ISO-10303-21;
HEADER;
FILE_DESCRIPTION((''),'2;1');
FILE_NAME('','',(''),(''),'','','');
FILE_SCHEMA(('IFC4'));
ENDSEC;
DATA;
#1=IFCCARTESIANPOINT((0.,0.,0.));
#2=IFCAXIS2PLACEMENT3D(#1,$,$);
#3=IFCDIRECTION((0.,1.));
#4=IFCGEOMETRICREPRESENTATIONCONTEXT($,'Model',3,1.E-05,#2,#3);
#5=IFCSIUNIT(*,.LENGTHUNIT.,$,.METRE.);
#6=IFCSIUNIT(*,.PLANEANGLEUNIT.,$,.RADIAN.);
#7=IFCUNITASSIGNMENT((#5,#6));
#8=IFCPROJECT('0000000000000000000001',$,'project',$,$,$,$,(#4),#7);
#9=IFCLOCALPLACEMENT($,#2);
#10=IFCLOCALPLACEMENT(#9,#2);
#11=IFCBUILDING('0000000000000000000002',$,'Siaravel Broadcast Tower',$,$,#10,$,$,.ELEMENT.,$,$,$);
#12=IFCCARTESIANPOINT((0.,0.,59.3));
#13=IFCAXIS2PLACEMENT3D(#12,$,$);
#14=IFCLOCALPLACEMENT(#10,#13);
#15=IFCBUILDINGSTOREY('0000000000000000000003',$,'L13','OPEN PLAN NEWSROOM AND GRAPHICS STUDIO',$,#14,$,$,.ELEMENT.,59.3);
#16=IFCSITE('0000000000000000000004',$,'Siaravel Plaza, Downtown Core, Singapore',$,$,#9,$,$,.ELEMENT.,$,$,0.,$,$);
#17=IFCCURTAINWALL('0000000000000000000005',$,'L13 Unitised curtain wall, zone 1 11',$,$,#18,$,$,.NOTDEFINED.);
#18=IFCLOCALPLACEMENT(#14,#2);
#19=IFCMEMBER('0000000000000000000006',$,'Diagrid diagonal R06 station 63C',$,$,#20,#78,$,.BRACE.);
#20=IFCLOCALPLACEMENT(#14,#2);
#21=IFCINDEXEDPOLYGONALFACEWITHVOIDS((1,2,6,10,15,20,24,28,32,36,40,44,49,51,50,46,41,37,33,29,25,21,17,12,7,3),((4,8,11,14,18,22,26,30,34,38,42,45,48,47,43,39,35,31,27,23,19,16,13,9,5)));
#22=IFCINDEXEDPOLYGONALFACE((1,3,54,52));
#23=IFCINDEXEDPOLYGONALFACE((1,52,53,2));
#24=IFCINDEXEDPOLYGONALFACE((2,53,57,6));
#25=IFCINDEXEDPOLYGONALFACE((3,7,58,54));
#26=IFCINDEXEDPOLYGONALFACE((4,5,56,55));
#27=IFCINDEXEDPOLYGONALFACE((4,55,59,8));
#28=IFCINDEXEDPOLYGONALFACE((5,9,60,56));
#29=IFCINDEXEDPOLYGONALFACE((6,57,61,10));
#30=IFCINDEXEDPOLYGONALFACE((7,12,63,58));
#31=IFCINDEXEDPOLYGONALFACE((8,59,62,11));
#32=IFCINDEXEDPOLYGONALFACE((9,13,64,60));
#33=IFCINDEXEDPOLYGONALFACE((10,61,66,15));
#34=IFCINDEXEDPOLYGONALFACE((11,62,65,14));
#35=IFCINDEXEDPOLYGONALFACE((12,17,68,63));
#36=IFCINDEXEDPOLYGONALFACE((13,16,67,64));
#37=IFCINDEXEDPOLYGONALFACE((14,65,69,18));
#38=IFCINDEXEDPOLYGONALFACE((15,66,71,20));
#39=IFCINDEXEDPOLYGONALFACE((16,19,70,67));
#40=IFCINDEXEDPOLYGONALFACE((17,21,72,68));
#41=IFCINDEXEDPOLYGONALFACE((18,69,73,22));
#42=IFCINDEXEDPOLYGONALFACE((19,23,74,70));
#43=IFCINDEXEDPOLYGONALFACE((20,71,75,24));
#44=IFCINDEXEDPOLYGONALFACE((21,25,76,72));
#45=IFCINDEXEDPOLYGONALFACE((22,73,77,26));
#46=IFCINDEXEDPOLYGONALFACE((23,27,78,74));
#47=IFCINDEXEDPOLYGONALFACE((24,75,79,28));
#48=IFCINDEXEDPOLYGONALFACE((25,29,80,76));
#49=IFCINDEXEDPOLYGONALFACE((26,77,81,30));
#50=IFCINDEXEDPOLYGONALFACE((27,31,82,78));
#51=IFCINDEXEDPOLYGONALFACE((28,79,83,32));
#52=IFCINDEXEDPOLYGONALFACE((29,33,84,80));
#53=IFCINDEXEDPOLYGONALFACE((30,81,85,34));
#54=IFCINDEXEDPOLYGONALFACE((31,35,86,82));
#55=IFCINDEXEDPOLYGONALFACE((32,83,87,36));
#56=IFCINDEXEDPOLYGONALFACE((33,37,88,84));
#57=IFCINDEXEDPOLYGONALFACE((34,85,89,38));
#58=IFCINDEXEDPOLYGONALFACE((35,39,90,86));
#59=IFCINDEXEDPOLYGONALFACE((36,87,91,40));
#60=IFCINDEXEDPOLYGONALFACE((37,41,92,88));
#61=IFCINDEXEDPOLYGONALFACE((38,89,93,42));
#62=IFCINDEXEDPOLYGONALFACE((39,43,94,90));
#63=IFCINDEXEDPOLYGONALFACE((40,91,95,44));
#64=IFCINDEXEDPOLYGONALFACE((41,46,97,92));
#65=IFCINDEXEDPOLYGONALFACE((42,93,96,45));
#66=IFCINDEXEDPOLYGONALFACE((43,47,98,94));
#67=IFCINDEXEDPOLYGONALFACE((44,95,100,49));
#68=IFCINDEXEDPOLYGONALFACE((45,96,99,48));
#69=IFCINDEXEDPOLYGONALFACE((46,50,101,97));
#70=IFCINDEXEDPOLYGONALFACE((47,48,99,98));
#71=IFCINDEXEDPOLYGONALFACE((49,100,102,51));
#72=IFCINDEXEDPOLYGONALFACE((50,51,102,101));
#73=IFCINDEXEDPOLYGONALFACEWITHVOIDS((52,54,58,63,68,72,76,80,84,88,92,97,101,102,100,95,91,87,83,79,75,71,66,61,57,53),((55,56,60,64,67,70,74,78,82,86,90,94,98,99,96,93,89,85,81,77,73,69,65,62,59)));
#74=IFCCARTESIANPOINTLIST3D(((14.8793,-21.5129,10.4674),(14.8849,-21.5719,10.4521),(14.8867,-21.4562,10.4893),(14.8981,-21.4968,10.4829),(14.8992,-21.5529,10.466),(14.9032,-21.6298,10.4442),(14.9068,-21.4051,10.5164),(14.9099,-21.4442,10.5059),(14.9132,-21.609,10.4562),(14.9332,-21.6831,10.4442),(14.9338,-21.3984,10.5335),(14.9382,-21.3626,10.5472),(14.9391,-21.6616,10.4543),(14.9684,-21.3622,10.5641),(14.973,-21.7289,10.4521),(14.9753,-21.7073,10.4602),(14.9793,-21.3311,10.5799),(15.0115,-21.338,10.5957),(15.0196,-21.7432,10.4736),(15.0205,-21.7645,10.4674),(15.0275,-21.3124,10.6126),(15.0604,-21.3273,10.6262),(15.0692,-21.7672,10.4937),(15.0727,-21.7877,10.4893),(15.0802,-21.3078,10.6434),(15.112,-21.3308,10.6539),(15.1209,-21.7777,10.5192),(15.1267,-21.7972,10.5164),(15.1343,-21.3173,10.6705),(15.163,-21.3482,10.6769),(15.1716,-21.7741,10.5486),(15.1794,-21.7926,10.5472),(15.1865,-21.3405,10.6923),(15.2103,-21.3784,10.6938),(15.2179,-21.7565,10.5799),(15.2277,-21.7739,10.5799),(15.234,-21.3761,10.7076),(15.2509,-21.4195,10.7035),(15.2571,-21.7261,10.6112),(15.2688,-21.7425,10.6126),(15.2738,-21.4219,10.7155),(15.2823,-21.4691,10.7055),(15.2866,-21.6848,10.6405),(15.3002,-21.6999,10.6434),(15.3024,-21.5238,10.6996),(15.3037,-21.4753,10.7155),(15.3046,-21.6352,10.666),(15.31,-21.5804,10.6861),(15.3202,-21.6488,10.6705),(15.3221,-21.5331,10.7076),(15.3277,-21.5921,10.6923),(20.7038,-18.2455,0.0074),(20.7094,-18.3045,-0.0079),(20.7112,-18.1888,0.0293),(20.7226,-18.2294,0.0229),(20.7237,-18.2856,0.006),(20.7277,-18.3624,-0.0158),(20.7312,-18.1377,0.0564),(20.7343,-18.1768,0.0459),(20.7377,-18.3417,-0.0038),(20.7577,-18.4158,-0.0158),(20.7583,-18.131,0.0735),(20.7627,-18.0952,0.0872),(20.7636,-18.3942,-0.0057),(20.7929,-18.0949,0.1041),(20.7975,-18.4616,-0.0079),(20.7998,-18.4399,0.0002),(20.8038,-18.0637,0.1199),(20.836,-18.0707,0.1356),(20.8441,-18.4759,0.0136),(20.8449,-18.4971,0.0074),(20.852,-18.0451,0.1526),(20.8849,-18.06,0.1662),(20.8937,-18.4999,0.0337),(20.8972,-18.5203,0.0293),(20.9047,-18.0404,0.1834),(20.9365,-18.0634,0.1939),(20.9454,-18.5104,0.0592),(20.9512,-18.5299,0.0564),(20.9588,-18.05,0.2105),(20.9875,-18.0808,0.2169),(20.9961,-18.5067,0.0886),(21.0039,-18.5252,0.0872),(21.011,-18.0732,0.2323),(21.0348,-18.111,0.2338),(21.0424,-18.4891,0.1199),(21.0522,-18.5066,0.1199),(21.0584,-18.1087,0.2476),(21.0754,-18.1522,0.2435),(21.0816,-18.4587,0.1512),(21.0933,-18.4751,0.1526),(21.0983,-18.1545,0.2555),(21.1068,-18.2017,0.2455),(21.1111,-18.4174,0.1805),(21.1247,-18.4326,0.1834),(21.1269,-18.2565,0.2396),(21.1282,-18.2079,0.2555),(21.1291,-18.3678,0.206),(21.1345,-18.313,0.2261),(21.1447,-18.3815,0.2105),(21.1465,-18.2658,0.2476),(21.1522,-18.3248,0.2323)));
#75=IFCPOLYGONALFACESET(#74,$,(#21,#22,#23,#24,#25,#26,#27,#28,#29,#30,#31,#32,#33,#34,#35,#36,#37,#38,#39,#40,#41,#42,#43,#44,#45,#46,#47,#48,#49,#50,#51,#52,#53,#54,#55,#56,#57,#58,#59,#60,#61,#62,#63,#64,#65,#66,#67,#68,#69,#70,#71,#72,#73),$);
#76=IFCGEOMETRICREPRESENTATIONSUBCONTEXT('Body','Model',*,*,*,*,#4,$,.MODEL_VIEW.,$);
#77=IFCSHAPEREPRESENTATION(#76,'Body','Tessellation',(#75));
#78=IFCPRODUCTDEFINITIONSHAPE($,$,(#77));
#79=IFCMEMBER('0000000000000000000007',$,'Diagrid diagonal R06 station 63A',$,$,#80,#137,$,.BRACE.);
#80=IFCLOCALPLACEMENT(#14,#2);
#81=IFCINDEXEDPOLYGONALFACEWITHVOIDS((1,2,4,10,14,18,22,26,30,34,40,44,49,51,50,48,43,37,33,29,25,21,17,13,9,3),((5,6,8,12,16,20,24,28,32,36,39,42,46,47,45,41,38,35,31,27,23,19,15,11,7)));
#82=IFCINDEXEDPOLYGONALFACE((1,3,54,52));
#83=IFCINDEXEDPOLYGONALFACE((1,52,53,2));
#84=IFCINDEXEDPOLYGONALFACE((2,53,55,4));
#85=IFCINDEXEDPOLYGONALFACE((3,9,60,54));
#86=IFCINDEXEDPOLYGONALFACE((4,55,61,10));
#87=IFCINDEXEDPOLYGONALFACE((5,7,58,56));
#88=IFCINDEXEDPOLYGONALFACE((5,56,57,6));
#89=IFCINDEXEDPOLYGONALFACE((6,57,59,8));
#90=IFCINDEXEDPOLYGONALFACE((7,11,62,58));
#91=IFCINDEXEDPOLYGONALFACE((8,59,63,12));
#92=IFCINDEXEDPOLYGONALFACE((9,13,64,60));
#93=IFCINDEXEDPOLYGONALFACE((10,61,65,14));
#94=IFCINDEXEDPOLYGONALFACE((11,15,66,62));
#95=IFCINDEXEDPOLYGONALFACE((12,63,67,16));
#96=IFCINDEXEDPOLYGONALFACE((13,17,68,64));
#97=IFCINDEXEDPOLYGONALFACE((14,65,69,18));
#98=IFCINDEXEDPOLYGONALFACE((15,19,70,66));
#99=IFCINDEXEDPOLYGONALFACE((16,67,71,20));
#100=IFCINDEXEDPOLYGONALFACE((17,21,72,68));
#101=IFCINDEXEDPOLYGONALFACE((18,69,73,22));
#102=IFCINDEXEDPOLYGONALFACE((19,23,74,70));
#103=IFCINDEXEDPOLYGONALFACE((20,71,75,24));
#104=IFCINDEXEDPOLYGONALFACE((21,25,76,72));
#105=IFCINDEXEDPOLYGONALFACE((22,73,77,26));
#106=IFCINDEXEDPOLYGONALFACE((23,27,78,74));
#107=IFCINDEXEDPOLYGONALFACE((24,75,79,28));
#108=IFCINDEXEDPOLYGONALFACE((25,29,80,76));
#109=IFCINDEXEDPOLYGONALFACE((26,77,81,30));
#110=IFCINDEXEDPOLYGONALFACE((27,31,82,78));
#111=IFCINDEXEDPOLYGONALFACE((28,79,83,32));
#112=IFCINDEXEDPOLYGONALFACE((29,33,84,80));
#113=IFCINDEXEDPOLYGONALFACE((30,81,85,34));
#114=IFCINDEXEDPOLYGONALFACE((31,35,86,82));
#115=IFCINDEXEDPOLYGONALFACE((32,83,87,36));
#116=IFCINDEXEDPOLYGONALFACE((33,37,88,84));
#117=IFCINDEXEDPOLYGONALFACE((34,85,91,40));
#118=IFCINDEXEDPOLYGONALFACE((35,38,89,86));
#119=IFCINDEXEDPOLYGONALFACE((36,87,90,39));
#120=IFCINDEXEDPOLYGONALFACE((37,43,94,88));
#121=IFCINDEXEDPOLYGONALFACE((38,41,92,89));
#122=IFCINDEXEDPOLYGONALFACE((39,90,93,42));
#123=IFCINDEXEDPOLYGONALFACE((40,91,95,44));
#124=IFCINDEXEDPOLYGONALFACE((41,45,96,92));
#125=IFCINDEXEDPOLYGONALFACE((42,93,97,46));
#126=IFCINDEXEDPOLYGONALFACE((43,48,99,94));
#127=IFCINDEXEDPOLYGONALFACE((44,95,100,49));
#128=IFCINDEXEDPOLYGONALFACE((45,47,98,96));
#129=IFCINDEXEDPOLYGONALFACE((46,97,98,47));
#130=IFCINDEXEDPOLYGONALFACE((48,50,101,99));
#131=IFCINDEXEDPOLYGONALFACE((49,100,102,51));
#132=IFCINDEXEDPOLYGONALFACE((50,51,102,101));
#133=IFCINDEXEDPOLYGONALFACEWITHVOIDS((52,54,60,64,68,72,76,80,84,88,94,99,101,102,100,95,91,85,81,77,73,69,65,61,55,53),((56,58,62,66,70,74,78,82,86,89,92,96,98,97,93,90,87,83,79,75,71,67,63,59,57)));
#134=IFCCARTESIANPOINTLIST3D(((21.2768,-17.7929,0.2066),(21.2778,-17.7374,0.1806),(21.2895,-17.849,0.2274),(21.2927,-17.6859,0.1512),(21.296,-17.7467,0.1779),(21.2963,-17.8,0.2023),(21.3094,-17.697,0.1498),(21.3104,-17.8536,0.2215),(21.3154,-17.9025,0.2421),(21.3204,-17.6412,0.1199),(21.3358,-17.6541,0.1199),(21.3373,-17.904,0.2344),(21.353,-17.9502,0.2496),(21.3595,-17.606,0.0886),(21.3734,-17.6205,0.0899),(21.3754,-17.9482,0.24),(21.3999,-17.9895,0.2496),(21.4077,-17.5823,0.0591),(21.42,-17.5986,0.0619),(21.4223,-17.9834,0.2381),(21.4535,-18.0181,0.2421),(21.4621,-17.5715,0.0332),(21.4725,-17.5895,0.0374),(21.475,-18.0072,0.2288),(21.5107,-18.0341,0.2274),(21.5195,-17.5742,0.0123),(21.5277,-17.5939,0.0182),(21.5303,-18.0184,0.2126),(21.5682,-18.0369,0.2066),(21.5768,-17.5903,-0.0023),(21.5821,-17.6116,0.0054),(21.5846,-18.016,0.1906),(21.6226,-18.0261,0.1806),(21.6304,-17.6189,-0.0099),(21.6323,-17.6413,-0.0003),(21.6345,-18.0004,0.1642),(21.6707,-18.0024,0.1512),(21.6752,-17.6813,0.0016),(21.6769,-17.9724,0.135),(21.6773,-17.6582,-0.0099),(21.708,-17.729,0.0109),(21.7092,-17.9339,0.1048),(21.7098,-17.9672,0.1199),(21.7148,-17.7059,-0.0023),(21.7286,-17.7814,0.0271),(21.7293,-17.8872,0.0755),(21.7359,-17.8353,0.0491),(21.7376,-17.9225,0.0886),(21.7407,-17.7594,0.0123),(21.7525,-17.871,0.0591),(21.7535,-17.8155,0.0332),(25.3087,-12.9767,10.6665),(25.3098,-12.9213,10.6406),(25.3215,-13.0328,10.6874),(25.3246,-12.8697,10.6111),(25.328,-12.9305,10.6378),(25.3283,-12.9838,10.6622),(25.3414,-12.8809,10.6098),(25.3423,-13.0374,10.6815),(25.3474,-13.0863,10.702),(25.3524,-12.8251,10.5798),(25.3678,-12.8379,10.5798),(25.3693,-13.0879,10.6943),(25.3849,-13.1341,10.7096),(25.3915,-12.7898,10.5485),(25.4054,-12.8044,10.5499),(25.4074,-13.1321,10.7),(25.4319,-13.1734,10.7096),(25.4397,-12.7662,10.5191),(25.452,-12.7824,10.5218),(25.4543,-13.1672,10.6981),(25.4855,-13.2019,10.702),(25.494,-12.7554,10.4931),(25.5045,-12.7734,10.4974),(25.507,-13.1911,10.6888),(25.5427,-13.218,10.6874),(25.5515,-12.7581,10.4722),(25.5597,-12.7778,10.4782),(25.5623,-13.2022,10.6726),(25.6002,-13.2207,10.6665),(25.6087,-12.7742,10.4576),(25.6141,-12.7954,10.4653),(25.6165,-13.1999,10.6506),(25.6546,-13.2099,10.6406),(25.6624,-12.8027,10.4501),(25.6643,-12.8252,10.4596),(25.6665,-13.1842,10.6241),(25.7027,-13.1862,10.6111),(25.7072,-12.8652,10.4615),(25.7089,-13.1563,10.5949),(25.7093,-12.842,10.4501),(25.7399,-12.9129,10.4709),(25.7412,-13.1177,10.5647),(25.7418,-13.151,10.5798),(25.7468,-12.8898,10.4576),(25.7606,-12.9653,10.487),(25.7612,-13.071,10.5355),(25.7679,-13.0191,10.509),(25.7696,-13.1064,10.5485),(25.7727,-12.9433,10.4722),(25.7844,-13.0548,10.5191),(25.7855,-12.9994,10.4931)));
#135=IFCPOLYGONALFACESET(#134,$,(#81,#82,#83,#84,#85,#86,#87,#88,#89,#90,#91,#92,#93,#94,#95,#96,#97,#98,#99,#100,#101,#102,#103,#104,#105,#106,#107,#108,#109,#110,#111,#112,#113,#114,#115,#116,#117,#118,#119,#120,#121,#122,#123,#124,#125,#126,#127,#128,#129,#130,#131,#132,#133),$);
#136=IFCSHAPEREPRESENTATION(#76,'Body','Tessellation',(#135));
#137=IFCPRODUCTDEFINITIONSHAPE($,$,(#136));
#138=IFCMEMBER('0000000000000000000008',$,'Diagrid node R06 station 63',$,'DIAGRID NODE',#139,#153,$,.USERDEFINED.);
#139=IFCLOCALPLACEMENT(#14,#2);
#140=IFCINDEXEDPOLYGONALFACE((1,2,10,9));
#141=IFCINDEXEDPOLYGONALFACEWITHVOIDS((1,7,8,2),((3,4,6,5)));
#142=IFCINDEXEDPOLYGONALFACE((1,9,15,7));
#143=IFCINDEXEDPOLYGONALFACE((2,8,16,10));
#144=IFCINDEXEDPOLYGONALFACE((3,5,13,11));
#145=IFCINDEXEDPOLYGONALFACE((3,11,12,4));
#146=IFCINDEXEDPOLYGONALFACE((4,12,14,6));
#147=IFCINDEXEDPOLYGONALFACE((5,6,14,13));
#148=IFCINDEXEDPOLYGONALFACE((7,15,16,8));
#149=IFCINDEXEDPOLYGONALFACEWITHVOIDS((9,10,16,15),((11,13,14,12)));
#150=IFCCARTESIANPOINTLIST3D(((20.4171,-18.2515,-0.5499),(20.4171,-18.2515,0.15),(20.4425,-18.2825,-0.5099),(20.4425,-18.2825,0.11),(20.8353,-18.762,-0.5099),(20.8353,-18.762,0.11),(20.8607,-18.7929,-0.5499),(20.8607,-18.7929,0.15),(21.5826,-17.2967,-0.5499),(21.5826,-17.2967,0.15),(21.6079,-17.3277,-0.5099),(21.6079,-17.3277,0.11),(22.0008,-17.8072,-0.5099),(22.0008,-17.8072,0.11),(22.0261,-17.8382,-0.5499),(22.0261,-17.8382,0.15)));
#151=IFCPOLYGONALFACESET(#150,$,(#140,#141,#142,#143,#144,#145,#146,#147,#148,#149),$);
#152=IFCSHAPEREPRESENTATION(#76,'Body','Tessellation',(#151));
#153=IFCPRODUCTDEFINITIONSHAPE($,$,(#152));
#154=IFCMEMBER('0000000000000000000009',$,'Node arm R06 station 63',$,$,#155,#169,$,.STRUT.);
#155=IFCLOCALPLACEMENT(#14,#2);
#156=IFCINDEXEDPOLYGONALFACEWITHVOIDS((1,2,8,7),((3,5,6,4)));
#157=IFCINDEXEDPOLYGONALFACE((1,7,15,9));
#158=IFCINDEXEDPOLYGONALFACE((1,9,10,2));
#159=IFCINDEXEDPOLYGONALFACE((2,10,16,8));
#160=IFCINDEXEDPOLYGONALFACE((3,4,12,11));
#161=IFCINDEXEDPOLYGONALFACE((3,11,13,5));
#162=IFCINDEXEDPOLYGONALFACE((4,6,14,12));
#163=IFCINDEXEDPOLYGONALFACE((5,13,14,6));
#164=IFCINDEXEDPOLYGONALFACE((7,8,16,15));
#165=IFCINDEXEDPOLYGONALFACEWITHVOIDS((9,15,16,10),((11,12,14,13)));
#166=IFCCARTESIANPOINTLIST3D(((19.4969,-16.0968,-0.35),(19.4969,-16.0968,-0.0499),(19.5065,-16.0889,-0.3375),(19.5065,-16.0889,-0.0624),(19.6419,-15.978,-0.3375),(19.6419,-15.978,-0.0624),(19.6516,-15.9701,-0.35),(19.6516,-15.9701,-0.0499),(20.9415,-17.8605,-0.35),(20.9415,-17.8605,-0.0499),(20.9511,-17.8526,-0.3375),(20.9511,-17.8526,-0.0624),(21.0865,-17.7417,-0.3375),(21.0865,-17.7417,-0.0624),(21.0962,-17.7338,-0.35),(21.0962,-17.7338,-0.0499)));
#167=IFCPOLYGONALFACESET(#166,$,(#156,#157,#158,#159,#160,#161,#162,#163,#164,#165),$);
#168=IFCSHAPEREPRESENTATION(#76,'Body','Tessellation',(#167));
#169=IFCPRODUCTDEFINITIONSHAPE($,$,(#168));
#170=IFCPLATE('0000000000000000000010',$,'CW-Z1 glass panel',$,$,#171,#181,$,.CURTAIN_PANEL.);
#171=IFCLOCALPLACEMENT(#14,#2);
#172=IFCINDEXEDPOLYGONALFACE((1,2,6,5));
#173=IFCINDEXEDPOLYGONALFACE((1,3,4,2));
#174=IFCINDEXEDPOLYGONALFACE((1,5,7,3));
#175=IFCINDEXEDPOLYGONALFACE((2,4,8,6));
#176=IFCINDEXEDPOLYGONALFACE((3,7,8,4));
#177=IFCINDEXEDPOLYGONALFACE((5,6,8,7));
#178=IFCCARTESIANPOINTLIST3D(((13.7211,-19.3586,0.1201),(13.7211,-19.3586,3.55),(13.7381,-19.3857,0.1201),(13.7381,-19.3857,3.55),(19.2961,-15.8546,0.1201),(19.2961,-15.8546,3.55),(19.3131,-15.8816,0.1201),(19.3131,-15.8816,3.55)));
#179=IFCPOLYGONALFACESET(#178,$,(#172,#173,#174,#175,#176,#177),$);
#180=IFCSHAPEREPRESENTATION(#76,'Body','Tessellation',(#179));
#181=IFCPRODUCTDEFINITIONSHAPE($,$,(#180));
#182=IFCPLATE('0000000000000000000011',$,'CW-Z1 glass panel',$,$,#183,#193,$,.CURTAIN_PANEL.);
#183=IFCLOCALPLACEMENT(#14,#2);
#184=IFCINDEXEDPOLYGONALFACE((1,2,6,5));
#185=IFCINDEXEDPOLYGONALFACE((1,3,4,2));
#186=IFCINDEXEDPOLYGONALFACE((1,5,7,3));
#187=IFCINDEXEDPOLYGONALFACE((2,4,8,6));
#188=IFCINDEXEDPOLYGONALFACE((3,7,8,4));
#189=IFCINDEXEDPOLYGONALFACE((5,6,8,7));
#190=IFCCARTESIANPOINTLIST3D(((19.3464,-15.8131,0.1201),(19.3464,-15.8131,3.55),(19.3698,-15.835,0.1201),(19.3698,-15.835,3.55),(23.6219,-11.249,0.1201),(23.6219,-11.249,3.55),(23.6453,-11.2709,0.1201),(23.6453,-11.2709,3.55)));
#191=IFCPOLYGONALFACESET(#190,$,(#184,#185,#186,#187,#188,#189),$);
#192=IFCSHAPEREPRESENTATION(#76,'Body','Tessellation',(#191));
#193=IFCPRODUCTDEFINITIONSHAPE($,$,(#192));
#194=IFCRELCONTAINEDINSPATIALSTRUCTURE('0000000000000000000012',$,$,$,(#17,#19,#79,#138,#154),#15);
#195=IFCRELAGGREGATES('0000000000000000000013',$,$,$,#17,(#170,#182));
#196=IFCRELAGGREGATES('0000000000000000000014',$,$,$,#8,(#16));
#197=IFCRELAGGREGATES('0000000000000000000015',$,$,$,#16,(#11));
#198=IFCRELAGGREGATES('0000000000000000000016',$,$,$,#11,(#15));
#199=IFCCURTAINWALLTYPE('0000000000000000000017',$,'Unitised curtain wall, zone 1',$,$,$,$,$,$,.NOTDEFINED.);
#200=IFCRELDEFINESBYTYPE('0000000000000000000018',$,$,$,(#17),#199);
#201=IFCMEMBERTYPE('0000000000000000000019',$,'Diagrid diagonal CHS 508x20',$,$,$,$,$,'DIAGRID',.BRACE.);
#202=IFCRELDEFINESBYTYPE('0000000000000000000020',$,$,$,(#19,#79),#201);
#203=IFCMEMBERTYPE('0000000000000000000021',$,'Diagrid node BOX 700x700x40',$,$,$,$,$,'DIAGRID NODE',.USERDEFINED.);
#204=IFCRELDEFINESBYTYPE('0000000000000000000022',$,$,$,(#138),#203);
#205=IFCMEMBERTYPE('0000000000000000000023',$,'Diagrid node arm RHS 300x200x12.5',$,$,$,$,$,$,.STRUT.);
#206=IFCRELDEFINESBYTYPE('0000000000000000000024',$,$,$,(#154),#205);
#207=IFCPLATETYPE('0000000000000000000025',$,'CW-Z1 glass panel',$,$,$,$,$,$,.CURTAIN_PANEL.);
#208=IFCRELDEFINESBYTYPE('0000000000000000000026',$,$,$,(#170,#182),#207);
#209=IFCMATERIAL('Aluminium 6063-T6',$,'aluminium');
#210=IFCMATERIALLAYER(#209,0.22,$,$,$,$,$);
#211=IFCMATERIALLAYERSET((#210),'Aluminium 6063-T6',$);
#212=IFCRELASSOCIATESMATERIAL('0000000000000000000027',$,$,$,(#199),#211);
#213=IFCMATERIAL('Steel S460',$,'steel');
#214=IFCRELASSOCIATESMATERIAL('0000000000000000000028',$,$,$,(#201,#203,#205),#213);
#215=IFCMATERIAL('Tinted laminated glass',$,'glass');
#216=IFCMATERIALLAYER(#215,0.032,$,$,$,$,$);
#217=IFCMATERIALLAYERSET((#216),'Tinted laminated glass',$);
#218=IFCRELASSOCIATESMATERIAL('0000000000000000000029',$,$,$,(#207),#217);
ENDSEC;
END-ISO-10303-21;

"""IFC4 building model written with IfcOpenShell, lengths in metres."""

from ifc_helpers import new_model, si_unit, direction, frame, origin, origin_2d, place, context, subcontext, project, spatial, rectangle, hollow_rectangle, hollow_circle, extrude, material, layer, layer_set, material_profile, profile_set, type_object, element, aggregate, save


model = new_model("IFC4")

# Units and contexts
model_context = context("Model", 3, precision=1e-05, world=origin(), true_north=direction((0.0, 1.0)))
body_context = subcontext(model_context, "Body", "Model", "MODEL_VIEW")
ifc_project = project(units=[si_unit("LENGTHUNIT", "METRE"), si_unit("PLANEANGLEUNIT", "RADIAN")], contexts=[model_context])

# Site, building, storey
site_placement = place(None, origin())
site = spatial("IfcSite", under=ifc_project, at=site_placement, Name="Siaravel Plaza, Downtown Core, Singapore", CompositionType="ELEMENT", RefElevation=0.0)
building_placement = place(site_placement, origin())
building = spatial("IfcBuilding", under=site, at=building_placement, Name="Siaravel Broadcast Tower", CompositionType="ELEMENT")
storey_placement = place(building_placement, frame((0.0, 0.0, 59.3)))
storey = spatial("IfcBuildingStorey", under=building, at=storey_placement, Name="L13", Description="OPEN PLAN NEWSROOM AND GRAPHICS STUDIO", CompositionType="ELEMENT", Elevation=59.3)

# Curtain wall
ifc_material_1 = material(Name="Aluminium 6063-T6", Category="aluminium")
ifc_layer_1 = layer(ifc_material_1, 0.22)
ifc_layer_set_1 = layer_set([ifc_layer_1], Name="Aluminium 6063-T6")
curtain_wall_type = type_object("IfcCurtainWallType", Name="Unitised curtain wall, zone 1", PredefinedType="NOTDEFINED", material=ifc_layer_set_1)
curtain_wall_1_placement = place(storey_placement, origin())
curtain_wall_1 = element("IfcCurtainWall", 1, at=curtain_wall_1_placement, inside=storey, type_object=curtain_wall_type, Name="L13 Unitised curtain wall, zone 1 11", PredefinedType="NOTDEFINED")

# Members
ifc_material_2 = material(Name="Steel S460", Category="steel")
ifc_material_profile_1 = material_profile(ifc_material_2, hollow_circle(Radius=0.2539, WallThickness=0.02, at=origin_2d()))
ifc_profile_set_1 = profile_set([ifc_material_profile_1], Name="Steel S460")
member_type_1 = type_object("IfcMemberType", Name="Diagrid diagonal CHS 508x20", ElementType="DIAGRID", PredefinedType="BRACE", material=ifc_profile_set_1)
member_1_placement = place(storey_placement, frame((20.928, -18.2852, 0.1199), z_axis=(-0.469332, -0.26328, 0.842859), x_axis=(0.489246, -0.872146, 0.0)))
element("IfcMember", 2, at=member_1_placement, inside=storey, type_object=member_type_1, Name="Diagrid diagonal R06 station 63C", PredefinedType="BRACE", context=body_context, shape_type="SweptSolid", body=[
    extrude(hollow_circle(Radius=0.2539, WallThickness=0.02, at=origin_2d()), origin(), (0.0, 0.0, 1.0), 12.4102),
])
member_2_placement = place(storey_placement, frame((21.5151, -17.8042, 0.1199), z_axis=(0.330465, 0.394737, 0.857307), x_axis=(-0.76677, 0.641922, 0.0)))
element("IfcMember", 3, at=member_2_placement, inside=storey, type_object=member_type_1, Name="Diagrid diagonal R06 station 63A", PredefinedType="BRACE", context=body_context, shape_type="SweptSolid", body=[
    extrude(hollow_circle(Radius=0.2539, WallThickness=0.02, at=origin_2d()), origin(), (0.0, 0.0, 1.0), 12.2009),
])
ifc_material_profile_2 = material_profile(ifc_material_2, hollow_rectangle(XDim=0.7, YDim=0.7, WallThickness=0.04, at=origin_2d()))
ifc_profile_set_2 = profile_set([ifc_material_profile_2], Name="Steel S460")
member_type_2 = type_object("IfcMemberType", Name="Diagrid node BOX 700x700x40", ElementType="DIAGRID NODE", PredefinedType="USERDEFINED", material=ifc_profile_set_2)
member_3_placement = place(storey_placement, frame((20.6389, -18.5222, -0.2), z_axis=(0.77356, 0.633723, 0.0), x_axis=(-0.633723, 0.77356, 0.0)))
element("IfcMember", 4, at=member_3_placement, inside=storey, type_object=member_type_2, Name="Diagrid node R06 station 63", ObjectType="DIAGRID NODE", PredefinedType="USERDEFINED", context=body_context, shape_type="SweptSolid", body=[
    extrude(hollow_rectangle(XDim=0.7, YDim=0.7, WallThickness=0.04, at=origin_2d()), origin(), (0.0, 0.0, 1.0), 1.5066),
])
ifc_material_profile_3 = material_profile(ifc_material_2, hollow_rectangle(XDim=0.2, YDim=0.3, WallThickness=0.0125, at=origin_2d()))
ifc_profile_set_3 = profile_set([ifc_material_profile_3], Name="Steel S460")
member_type_3 = type_object("IfcMemberType", Name="Diagrid node arm RHS 300x200x12.5", PredefinedType="STRUT", material=ifc_profile_set_3)
member_4_placement = place(storey_placement, frame((19.5742, -16.0334, -0.2), z_axis=(0.633652, -0.773618, 0.0), x_axis=(0.773618, 0.633652, 0.0)))
element("IfcMember", 5, at=member_4_placement, inside=storey, type_object=member_type_3, Name="Node arm R06 station 63", PredefinedType="STRUT", context=body_context, shape_type="SweptSolid", body=[
    extrude(hollow_rectangle(XDim=0.2, YDim=0.3, WallThickness=0.0125, at=origin_2d()), origin(), (0.0, 0.0, 1.0), 2.2798),
])

# Plates
ifc_material_3 = material(Name="Tinted laminated glass", Category="glass")
ifc_layer_2 = layer(ifc_material_3, 0.032)
ifc_layer_set_2 = layer_set([ifc_layer_2], Name="Tinted laminated glass")
plate_type = type_object("IfcPlateType", Name="CW-Z1 glass panel", PredefinedType="CURTAIN_PANEL", material=ifc_layer_set_2)
plate_1_placement = place(storey_placement, frame((16.5171, -17.6201, 0.1201), z_axis=(0.0, 0.0, 1.0), x_axis=(0.846651, 0.532148, 0.0)))
plate_1 = element("IfcPlate", 6, at=plate_1_placement, type_object=plate_type, Name="CW-Z1 glass panel", PredefinedType="CURTAIN_PANEL", context=body_context, shape_type="SweptSolid", body=[
    extrude(rectangle(XDim=6.5847, YDim=0.032, at=origin_2d()), origin(), (0.0, 0.0, 1.0), 3.4299),
])
plate_2_placement = place(storey_placement, frame((21.4958, -13.542, 0.1201), z_axis=(0.0, 0.0, 1.0), x_axis=(0.683657, 0.729804, 0.0)))
plate_2 = element("IfcPlate", 7, at=plate_2_placement, type_object=plate_type, Name="CW-Z1 glass panel", PredefinedType="CURTAIN_PANEL", context=body_context, shape_type="SweptSolid", body=[
    extrude(rectangle(XDim=6.2539, YDim=0.032, at=origin_2d()), origin(), (0.0, 0.0, 1.0), 3.4299),
])
aggregate(curtain_wall_1, [plate_1, plate_2])

save(model, "model.ifc")
